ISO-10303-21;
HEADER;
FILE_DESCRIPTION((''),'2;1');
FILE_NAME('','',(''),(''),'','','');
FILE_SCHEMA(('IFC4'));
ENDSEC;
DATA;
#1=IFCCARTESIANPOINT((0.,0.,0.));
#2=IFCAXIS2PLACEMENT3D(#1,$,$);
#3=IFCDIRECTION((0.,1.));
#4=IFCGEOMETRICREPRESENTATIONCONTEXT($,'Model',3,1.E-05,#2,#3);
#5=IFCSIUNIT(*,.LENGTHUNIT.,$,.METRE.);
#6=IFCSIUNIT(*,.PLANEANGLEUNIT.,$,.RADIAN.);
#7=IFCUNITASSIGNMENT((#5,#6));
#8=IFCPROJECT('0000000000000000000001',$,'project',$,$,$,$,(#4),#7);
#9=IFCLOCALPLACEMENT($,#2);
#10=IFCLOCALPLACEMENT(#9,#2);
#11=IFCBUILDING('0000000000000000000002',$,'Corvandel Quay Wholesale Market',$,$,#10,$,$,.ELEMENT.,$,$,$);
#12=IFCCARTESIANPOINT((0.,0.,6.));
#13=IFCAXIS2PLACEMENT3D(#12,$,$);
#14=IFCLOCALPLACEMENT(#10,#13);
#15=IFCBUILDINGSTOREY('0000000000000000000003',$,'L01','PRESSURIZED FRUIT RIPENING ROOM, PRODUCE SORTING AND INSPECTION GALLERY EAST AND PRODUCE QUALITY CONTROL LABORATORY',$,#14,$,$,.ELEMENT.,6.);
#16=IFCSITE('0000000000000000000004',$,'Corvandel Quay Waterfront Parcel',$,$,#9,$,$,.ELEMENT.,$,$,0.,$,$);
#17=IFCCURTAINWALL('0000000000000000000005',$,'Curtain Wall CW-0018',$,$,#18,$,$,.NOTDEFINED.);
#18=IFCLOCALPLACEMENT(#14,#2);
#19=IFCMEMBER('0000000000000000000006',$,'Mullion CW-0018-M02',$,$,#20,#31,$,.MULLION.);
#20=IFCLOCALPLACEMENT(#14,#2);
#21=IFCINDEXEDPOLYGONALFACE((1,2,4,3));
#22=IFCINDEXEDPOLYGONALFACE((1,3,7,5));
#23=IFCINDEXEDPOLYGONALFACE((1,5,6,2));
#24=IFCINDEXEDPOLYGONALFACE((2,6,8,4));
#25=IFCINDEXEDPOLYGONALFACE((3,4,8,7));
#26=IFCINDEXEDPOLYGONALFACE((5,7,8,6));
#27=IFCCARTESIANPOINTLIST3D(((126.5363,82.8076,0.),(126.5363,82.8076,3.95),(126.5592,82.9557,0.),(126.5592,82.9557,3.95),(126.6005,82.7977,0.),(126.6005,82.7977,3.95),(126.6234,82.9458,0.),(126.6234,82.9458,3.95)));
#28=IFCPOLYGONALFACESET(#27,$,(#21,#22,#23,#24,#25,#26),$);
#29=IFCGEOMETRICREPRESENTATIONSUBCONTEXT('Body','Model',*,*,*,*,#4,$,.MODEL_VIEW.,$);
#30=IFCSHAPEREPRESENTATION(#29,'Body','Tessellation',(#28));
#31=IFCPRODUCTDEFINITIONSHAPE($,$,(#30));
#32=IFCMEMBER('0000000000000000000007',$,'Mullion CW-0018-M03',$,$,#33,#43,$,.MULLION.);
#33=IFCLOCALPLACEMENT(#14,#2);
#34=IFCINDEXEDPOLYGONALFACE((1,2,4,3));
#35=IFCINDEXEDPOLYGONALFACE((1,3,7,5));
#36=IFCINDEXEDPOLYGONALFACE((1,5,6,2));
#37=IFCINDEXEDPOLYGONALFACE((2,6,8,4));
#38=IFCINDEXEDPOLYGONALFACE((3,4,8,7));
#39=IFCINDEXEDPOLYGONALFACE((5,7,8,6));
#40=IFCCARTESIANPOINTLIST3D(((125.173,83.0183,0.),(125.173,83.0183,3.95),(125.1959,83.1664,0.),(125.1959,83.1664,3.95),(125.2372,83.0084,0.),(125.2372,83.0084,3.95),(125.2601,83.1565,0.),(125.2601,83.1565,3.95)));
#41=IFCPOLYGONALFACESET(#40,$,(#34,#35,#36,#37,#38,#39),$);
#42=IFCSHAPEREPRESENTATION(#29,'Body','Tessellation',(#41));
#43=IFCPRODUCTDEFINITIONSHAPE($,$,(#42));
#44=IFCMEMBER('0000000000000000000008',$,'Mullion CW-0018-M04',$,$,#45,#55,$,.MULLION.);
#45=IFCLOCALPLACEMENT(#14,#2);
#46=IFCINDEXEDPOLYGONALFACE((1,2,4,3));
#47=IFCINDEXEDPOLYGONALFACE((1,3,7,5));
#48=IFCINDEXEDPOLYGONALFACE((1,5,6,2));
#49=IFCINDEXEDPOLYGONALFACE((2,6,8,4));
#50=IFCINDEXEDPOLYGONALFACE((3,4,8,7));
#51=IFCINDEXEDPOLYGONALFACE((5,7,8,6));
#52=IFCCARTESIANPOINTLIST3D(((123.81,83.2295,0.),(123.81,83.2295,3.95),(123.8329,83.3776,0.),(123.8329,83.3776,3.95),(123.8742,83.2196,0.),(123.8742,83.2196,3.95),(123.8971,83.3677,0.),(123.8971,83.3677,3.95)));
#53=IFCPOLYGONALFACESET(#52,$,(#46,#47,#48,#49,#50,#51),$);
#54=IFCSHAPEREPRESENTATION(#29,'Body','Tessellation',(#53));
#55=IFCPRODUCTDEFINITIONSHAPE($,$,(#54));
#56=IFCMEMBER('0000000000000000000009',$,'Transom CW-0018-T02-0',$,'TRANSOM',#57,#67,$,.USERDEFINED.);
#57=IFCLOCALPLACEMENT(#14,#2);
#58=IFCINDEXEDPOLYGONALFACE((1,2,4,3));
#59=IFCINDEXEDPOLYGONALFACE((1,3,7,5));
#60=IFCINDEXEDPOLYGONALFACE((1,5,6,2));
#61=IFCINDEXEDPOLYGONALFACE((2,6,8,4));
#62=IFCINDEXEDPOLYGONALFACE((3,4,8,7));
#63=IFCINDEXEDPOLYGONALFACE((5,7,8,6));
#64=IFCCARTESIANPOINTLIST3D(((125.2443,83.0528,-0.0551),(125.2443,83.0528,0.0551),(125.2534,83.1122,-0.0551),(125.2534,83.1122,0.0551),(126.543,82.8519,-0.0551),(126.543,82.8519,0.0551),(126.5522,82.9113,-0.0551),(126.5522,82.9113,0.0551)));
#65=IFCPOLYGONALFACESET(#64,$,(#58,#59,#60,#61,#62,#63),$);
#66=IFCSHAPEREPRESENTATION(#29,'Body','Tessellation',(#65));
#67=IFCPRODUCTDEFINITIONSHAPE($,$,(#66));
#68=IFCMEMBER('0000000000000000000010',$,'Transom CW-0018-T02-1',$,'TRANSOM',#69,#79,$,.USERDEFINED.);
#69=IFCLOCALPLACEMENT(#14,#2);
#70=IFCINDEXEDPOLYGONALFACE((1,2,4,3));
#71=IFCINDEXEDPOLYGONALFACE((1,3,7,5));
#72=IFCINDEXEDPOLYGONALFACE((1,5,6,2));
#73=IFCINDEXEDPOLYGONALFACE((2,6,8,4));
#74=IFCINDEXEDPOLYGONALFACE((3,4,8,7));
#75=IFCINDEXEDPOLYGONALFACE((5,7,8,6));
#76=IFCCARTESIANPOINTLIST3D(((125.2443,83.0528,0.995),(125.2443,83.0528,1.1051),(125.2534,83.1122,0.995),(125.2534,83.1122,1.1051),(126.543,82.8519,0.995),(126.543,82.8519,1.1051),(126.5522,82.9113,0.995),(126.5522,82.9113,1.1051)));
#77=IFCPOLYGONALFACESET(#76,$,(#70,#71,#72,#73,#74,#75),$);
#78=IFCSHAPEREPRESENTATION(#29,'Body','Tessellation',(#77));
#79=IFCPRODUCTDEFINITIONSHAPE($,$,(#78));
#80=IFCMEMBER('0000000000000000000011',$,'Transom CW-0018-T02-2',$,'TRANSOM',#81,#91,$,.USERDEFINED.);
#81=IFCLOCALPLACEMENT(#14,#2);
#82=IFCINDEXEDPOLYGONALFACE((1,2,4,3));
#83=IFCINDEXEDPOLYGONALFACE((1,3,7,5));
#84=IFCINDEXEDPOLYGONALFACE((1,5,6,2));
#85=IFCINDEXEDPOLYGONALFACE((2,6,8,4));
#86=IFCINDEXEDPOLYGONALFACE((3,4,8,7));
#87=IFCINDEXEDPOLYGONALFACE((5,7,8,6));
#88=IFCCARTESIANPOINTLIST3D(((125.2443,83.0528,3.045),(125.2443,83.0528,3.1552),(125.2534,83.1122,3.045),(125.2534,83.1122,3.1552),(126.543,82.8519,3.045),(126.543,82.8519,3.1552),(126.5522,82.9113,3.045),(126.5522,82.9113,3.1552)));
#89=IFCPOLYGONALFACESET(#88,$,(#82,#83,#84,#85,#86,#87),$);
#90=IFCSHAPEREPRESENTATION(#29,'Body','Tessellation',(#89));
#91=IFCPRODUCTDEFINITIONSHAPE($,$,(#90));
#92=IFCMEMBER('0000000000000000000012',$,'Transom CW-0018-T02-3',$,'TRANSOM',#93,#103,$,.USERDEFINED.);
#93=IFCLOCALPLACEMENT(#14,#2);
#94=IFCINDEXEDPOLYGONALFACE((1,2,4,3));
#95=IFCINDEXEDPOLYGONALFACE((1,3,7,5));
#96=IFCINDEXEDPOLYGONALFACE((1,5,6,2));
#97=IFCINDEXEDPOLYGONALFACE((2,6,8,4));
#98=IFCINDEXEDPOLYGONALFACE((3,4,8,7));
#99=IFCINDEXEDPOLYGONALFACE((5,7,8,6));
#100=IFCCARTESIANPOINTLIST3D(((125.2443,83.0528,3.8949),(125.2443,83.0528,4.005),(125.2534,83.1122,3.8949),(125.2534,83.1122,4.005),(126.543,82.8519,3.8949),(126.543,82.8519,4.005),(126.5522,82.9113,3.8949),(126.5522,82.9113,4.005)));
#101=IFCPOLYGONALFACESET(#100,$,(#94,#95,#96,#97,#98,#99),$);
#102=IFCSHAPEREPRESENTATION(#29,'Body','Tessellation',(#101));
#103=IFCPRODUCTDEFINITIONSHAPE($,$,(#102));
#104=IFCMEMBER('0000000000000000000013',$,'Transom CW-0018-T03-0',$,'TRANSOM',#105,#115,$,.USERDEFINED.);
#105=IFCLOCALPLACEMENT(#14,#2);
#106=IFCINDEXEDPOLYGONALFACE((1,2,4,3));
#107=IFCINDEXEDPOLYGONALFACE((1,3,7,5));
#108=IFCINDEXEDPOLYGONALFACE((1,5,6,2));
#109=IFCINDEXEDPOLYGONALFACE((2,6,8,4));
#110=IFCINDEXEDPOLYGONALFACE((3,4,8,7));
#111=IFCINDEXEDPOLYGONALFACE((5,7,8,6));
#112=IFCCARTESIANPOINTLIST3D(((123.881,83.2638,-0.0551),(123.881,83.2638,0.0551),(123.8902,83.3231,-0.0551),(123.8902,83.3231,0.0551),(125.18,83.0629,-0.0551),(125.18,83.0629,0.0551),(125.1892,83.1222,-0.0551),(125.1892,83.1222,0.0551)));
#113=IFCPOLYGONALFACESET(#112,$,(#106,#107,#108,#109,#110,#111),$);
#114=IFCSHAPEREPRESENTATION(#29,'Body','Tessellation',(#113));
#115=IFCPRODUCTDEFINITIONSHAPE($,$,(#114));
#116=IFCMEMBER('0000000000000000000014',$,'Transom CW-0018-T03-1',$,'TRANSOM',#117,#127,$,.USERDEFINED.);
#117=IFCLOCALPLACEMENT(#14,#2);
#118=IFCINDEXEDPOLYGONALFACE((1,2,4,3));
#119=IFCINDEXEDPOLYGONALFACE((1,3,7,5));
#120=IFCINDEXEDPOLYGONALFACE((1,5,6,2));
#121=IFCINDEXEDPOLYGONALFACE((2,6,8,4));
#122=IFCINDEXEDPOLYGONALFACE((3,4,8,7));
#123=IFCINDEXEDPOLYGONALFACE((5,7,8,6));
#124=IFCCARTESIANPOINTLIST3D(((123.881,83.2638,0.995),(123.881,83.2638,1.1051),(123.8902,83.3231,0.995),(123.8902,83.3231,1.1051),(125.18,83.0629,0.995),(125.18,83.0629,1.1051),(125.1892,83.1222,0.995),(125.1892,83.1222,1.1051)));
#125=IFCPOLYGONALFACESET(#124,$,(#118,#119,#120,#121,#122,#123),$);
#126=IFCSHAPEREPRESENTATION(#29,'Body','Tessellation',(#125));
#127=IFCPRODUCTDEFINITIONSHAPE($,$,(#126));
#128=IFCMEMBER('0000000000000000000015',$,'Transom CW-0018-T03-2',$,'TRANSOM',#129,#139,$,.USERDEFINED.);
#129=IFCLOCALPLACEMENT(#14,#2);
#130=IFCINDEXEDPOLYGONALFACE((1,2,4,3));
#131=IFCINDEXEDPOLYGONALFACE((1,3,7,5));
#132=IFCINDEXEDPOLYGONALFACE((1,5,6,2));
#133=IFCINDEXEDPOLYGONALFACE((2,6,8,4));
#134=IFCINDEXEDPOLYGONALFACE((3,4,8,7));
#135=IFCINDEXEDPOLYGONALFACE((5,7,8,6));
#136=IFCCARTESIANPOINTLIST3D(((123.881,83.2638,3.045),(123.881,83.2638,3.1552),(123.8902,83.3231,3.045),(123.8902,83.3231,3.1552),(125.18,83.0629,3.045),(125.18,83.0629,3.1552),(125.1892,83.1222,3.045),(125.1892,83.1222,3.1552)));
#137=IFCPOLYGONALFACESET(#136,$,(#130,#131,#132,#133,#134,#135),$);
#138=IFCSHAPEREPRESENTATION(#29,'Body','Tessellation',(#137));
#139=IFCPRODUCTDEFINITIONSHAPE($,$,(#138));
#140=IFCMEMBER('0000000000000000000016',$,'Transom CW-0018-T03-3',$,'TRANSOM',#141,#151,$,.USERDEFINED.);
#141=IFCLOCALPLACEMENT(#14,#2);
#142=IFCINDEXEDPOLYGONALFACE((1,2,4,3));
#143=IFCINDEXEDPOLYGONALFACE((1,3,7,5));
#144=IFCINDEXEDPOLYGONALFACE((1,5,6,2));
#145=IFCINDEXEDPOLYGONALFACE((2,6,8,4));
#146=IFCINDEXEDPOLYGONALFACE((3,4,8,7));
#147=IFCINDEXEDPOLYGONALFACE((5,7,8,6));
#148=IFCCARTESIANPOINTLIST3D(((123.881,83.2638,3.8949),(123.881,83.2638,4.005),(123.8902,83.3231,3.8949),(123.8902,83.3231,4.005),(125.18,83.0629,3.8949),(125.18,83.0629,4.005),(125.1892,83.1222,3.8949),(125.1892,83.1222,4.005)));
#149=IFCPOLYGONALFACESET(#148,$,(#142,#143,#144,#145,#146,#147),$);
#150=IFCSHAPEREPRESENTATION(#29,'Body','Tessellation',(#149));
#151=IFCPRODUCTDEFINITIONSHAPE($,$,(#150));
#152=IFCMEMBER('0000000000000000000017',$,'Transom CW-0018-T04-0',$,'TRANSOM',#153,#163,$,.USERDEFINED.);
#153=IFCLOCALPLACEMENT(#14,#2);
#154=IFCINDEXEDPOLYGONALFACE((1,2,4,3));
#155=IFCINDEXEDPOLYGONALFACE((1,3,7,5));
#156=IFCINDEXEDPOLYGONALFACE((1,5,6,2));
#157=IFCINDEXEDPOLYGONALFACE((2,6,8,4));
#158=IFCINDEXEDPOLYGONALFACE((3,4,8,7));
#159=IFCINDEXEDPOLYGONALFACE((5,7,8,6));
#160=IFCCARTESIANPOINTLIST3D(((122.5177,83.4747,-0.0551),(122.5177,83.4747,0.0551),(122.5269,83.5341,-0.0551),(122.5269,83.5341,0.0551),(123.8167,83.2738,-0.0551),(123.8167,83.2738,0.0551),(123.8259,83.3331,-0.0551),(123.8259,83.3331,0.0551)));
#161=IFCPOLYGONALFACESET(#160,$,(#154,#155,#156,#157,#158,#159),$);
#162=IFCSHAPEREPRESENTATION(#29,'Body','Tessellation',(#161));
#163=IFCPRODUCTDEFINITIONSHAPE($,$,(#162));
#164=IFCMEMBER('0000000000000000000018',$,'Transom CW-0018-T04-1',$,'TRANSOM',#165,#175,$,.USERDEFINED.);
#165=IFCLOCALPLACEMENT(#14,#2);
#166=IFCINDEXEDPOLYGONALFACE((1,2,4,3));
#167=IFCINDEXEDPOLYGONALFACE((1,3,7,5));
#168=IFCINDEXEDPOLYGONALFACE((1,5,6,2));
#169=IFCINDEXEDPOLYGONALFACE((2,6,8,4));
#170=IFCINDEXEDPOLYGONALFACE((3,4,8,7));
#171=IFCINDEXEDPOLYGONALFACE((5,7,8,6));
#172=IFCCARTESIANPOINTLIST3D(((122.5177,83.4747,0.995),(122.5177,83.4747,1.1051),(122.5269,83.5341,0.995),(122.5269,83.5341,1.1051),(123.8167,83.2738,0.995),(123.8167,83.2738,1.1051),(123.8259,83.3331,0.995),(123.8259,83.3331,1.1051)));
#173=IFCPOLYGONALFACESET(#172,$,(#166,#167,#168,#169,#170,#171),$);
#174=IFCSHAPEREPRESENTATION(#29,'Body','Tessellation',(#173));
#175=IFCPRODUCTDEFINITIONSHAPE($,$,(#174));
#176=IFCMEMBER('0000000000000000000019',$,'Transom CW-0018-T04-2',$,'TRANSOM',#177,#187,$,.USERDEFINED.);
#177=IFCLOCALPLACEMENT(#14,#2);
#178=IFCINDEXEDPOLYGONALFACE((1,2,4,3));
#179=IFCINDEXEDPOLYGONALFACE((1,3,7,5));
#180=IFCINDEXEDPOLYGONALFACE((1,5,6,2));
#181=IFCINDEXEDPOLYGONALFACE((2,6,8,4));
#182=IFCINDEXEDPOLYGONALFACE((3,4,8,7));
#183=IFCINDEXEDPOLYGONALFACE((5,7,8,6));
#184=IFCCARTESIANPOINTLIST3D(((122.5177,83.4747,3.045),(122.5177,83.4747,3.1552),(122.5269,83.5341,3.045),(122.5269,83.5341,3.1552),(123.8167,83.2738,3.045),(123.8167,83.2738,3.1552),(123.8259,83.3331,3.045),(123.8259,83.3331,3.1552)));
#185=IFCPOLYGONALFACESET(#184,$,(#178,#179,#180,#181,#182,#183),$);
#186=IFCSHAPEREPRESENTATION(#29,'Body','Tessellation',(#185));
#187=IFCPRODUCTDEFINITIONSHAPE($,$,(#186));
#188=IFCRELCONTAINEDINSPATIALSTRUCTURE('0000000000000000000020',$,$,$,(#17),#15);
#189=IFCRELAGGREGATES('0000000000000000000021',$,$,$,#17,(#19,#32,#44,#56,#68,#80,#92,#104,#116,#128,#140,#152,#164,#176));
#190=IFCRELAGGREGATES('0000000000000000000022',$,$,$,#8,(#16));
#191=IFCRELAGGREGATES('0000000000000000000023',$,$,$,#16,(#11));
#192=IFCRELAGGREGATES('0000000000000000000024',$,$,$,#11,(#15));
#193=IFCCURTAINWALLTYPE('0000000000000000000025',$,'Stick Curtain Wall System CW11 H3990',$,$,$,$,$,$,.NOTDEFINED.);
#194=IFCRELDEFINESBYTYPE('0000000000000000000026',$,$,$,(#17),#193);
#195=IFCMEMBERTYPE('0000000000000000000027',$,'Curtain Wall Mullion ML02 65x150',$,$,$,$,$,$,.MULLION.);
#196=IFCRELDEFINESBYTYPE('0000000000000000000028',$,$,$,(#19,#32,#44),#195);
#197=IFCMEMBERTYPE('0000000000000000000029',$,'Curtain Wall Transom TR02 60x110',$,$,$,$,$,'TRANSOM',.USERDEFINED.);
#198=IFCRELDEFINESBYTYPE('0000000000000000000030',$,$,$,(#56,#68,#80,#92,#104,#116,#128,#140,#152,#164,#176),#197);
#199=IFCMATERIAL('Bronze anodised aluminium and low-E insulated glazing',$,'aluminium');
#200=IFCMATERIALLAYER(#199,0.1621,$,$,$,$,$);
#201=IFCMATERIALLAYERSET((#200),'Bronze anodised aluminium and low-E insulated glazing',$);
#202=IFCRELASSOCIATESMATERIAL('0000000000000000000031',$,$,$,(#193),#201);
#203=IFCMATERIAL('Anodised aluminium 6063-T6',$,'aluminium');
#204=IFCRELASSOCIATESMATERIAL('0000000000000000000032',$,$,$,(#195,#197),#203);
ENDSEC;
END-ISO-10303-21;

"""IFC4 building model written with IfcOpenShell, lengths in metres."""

from ifc_helpers import new_model, si_unit, direction, frame, origin, origin_2d, place, context, subcontext, project, spatial, rectangle, extrude, material, layer, layer_set, material_profile, profile_set, type_object, element, aggregate, save


model = new_model("IFC4")

# Units and contexts
model_context = context("Model", 3, precision=1e-05, world=origin(), true_north=direction((0.0, 1.0)))
body_context = subcontext(model_context, "Body", "Model", "MODEL_VIEW")
ifc_project = project(units=[si_unit("LENGTHUNIT", "METRE"), si_unit("PLANEANGLEUNIT", "RADIAN")], contexts=[model_context])

# Site, building, storey
site_placement = place(None, origin())
site = spatial("IfcSite", under=ifc_project, at=site_placement, Name="Corvandel Quay Waterfront Parcel", CompositionType="ELEMENT", RefElevation=0.0)
building_placement = place(site_placement, origin())
building = spatial("IfcBuilding", under=site, at=building_placement, Name="Corvandel Quay Wholesale Market", CompositionType="ELEMENT")
storey_placement = place(building_placement, frame((0.0, 0.0, 6.0)))
storey = spatial("IfcBuildingStorey", under=building, at=storey_placement, Name="L01", Description="PRESSURIZED FRUIT RIPENING ROOM, PRODUCE SORTING AND INSPECTION GALLERY EAST AND PRODUCE QUALITY CONTROL LABORATORY", CompositionType="ELEMENT", Elevation=6.0)

# Curtain wall, members
ifc_material_1 = material(Name="Bronze anodised aluminium and low-E insulated glazing", Category="aluminium")
ifc_layer_1 = layer(ifc_material_1, 0.1621)
ifc_layer_set_1 = layer_set([ifc_layer_1], Name="Bronze anodised aluminium and low-E insulated glazing")
curtain_wall_type = type_object("IfcCurtainWallType", Name="Stick Curtain Wall System CW11 H3990", PredefinedType="NOTDEFINED", material=ifc_layer_set_1)
curtain_wall_placement = place(storey_placement, origin())
curtain_wall = element("IfcCurtainWall", 1, at=curtain_wall_placement, inside=storey, type_object=curtain_wall_type, Name="Curtain Wall CW-0018", PredefinedType="NOTDEFINED")
ifc_material_2 = material(Name="Anodised aluminium 6063-T6", Category="aluminium")
ifc_material_profile_1 = material_profile(ifc_material_2, rectangle(XDim=0.0649, YDim=0.1499, at=origin_2d()), Name="ALU-MUL-65x150")
ifc_profile_set_1 = profile_set([ifc_material_profile_1], Name="Anodised aluminium 6063-T6")
member_type_1 = type_object("IfcMemberType", Name="Curtain Wall Mullion ML02 65x150", PredefinedType="MULLION", material=ifc_profile_set_1)
member_1_placement = place(storey_placement, frame((126.5798, 82.8767, 0.0), z_axis=(0.0, 0.0, 1.0), x_axis=(-0.988255, 0.152813, 0.0)))
member_1 = element("IfcMember", 2, at=member_1_placement, type_object=member_type_1, Name="Mullion CW-0018-M02", PredefinedType="MULLION", context=body_context, shape_type="SweptSolid", body=[
    extrude(rectangle(XDim=0.0649, YDim=0.1499, at=origin_2d()), origin(), (0.0, 0.0, 1.0), 3.95),
])
member_2_placement = place(storey_placement, frame((125.2166, 83.0874, 0.0), z_axis=(0.0, 0.0, 1.0), x_axis=(-0.988255, 0.152813, 0.0)))
member_2 = element("IfcMember", 3, at=member_2_placement, type_object=member_type_1, Name="Mullion CW-0018-M03", PredefinedType="MULLION", context=body_context, shape_type="SweptSolid", body=[
    extrude(rectangle(XDim=0.0649, YDim=0.1499, at=origin_2d()), origin(), (0.0, 0.0, 1.0), 3.95),
])
member_3_placement = place(storey_placement, frame((123.8535, 83.2986, 0.0), z_axis=(0.0, 0.0, 1.0), x_axis=(-0.988255, 0.152813, 0.0)))
member_3 = element("IfcMember", 4, at=member_3_placement, type_object=member_type_1, Name="Mullion CW-0018-M04", PredefinedType="MULLION", context=body_context, shape_type="SweptSolid", body=[
    extrude(rectangle(XDim=0.0649, YDim=0.1499, at=origin_2d()), origin(), (0.0, 0.0, 1.0), 3.95),
])
ifc_material_profile_2 = material_profile(ifc_material_2, rectangle(XDim=0.0601, YDim=0.1101, at=origin_2d()), Name="ALU-TRN-60x110")
ifc_profile_set_2 = profile_set([ifc_material_profile_2], Name="Anodised aluminium 6063-T6")
member_type_2 = type_object("IfcMemberType", Name="Curtain Wall Transom TR02 60x110", ElementType="TRANSOM", PredefinedType="USERDEFINED", material=ifc_profile_set_2)
member_4_placement = place(storey_placement, frame((126.5476, 82.8816, 0.0), z_axis=(-0.988245, 0.152881, 0.0), x_axis=(-0.152881, -0.988245, 0.0)))
member_4 = element("IfcMember", 5, at=member_4_placement, type_object=member_type_2, Name="Transom CW-0018-T02-0", ObjectType="TRANSOM", PredefinedType="USERDEFINED", context=body_context, shape_type="SweptSolid", body=[
    extrude(rectangle(XDim=0.0601, YDim=0.1101, at=origin_2d()), origin(), (0.0, 0.0, 1.0), 1.3142),
])
member_5_placement = place(storey_placement, frame((126.5476, 82.8816, 1.05), z_axis=(-0.988245, 0.152881, 0.0), x_axis=(-0.152881, -0.988245, 0.0)))
member_5 = element("IfcMember", 6, at=member_5_placement, type_object=member_type_2, Name="Transom CW-0018-T02-1", ObjectType="TRANSOM", PredefinedType="USERDEFINED", context=body_context, shape_type="SweptSolid", body=[
    extrude(rectangle(XDim=0.0601, YDim=0.1101, at=origin_2d()), origin(), (0.0, 0.0, 1.0), 1.3142),
])
member_6_placement = place(storey_placement, frame((126.5476, 82.8816, 3.1001), z_axis=(-0.988245, 0.152881, 0.0), x_axis=(-0.152881, -0.988245, 0.0)))
member_6 = element("IfcMember", 7, at=member_6_placement, type_object=member_type_2, Name="Transom CW-0018-T02-2", ObjectType="TRANSOM", PredefinedType="USERDEFINED", context=body_context, shape_type="SweptSolid", body=[
    extrude(rectangle(XDim=0.0601, YDim=0.1101, at=origin_2d()), origin(), (0.0, 0.0, 1.0), 1.3142),
])
member_7_placement = place(storey_placement, frame((126.5476, 82.8816, 3.95), z_axis=(-0.988245, 0.152881, 0.0), x_axis=(-0.152881, -0.988245, 0.0)))
member_7 = element("IfcMember", 8, at=member_7_placement, type_object=member_type_2, Name="Transom CW-0018-T02-3", ObjectType="TRANSOM", PredefinedType="USERDEFINED", context=body_context, shape_type="SweptSolid", body=[
    extrude(rectangle(XDim=0.0601, YDim=0.1101, at=origin_2d()), origin(), (0.0, 0.0, 1.0), 1.3142),
])
member_8_placement = place(storey_placement, frame((125.1846, 83.0925, 0.0), z_axis=(-0.988249, 0.152853, 0.0), x_axis=(-0.152853, -0.988249, 0.0)))
member_8 = element("IfcMember", 9, at=member_8_placement, type_object=member_type_2, Name="Transom CW-0018-T03-0", ObjectType="TRANSOM", PredefinedType="USERDEFINED", context=body_context, shape_type="SweptSolid", body=[
    extrude(rectangle(XDim=0.0601, YDim=0.1101, at=origin_2d()), origin(), (0.0, 0.0, 1.0), 1.3145),
])
member_9_placement = place(storey_placement, frame((125.1846, 83.0925, 1.05), z_axis=(-0.988249, 0.152853, 0.0), x_axis=(-0.152853, -0.988249, 0.0)))
member_9 = element("IfcMember", 10, at=member_9_placement, type_object=member_type_2, Name="Transom CW-0018-T03-1", ObjectType="TRANSOM", PredefinedType="USERDEFINED", context=body_context, shape_type="SweptSolid", body=[
    extrude(rectangle(XDim=0.0601, YDim=0.1101, at=origin_2d()), origin(), (0.0, 0.0, 1.0), 1.3145),
])
member_10_placement = place(storey_placement, frame((125.1846, 83.0925, 3.1001), z_axis=(-0.988249, 0.152853, 0.0), x_axis=(-0.152853, -0.988249, 0.0)))
member_10 = element("IfcMember", 11, at=member_10_placement, type_object=member_type_2, Name="Transom CW-0018-T03-2", ObjectType="TRANSOM", PredefinedType="USERDEFINED", context=body_context, shape_type="SweptSolid", body=[
    extrude(rectangle(XDim=0.0601, YDim=0.1101, at=origin_2d()), origin(), (0.0, 0.0, 1.0), 1.3145),
])
member_11_placement = place(storey_placement, frame((125.1846, 83.0925, 3.95), z_axis=(-0.988249, 0.152853, 0.0), x_axis=(-0.152853, -0.988249, 0.0)))
member_11 = element("IfcMember", 12, at=member_11_placement, type_object=member_type_2, Name="Transom CW-0018-T03-3", ObjectType="TRANSOM", PredefinedType="USERDEFINED", context=body_context, shape_type="SweptSolid", body=[
    extrude(rectangle(XDim=0.0601, YDim=0.1101, at=origin_2d()), origin(), (0.0, 0.0, 1.0), 1.3145),
])
member_12_placement = place(storey_placement, frame((123.8213, 83.3035, 0.0), z_axis=(-0.988249, 0.152853, 0.0), x_axis=(-0.152853, -0.988249, 0.0)))
member_12 = element("IfcMember", 13, at=member_12_placement, type_object=member_type_2, Name="Transom CW-0018-T04-0", ObjectType="TRANSOM", PredefinedType="USERDEFINED", context=body_context, shape_type="SweptSolid", body=[
    extrude(rectangle(XDim=0.0601, YDim=0.1101, at=origin_2d()), origin(), (0.0, 0.0, 1.0), 1.3145),
])
member_13_placement = place(storey_placement, frame((123.8213, 83.3035, 1.05), z_axis=(-0.988249, 0.152853, 0.0), x_axis=(-0.152853, -0.988249, 0.0)))
member_13 = element("IfcMember", 14, at=member_13_placement, type_object=member_type_2, Name="Transom CW-0018-T04-1", ObjectType="TRANSOM", PredefinedType="USERDEFINED", context=body_context, shape_type="SweptSolid", body=[
    extrude(rectangle(XDim=0.0601, YDim=0.1101, at=origin_2d()), origin(), (0.0, 0.0, 1.0), 1.3145),
])
member_14_placement = place(storey_placement, frame((123.8213, 83.3035, 3.1001), z_axis=(-0.988249, 0.152853, 0.0), x_axis=(-0.152853, -0.988249, 0.0)))
member_14 = element("IfcMember", 15, at=member_14_placement, type_object=member_type_2, Name="Transom CW-0018-T04-2", ObjectType="TRANSOM", PredefinedType="USERDEFINED", context=body_context, shape_type="SweptSolid", body=[
    extrude(rectangle(XDim=0.0601, YDim=0.1101, at=origin_2d()), origin(), (0.0, 0.0, 1.0), 1.3145),
])
aggregate(curtain_wall, [member_1, member_2, member_3, member_4, member_5, member_6, member_7, member_8, member_9, member_10, member_11, member_12, member_13, member_14])

save(model, "model.ifc")
